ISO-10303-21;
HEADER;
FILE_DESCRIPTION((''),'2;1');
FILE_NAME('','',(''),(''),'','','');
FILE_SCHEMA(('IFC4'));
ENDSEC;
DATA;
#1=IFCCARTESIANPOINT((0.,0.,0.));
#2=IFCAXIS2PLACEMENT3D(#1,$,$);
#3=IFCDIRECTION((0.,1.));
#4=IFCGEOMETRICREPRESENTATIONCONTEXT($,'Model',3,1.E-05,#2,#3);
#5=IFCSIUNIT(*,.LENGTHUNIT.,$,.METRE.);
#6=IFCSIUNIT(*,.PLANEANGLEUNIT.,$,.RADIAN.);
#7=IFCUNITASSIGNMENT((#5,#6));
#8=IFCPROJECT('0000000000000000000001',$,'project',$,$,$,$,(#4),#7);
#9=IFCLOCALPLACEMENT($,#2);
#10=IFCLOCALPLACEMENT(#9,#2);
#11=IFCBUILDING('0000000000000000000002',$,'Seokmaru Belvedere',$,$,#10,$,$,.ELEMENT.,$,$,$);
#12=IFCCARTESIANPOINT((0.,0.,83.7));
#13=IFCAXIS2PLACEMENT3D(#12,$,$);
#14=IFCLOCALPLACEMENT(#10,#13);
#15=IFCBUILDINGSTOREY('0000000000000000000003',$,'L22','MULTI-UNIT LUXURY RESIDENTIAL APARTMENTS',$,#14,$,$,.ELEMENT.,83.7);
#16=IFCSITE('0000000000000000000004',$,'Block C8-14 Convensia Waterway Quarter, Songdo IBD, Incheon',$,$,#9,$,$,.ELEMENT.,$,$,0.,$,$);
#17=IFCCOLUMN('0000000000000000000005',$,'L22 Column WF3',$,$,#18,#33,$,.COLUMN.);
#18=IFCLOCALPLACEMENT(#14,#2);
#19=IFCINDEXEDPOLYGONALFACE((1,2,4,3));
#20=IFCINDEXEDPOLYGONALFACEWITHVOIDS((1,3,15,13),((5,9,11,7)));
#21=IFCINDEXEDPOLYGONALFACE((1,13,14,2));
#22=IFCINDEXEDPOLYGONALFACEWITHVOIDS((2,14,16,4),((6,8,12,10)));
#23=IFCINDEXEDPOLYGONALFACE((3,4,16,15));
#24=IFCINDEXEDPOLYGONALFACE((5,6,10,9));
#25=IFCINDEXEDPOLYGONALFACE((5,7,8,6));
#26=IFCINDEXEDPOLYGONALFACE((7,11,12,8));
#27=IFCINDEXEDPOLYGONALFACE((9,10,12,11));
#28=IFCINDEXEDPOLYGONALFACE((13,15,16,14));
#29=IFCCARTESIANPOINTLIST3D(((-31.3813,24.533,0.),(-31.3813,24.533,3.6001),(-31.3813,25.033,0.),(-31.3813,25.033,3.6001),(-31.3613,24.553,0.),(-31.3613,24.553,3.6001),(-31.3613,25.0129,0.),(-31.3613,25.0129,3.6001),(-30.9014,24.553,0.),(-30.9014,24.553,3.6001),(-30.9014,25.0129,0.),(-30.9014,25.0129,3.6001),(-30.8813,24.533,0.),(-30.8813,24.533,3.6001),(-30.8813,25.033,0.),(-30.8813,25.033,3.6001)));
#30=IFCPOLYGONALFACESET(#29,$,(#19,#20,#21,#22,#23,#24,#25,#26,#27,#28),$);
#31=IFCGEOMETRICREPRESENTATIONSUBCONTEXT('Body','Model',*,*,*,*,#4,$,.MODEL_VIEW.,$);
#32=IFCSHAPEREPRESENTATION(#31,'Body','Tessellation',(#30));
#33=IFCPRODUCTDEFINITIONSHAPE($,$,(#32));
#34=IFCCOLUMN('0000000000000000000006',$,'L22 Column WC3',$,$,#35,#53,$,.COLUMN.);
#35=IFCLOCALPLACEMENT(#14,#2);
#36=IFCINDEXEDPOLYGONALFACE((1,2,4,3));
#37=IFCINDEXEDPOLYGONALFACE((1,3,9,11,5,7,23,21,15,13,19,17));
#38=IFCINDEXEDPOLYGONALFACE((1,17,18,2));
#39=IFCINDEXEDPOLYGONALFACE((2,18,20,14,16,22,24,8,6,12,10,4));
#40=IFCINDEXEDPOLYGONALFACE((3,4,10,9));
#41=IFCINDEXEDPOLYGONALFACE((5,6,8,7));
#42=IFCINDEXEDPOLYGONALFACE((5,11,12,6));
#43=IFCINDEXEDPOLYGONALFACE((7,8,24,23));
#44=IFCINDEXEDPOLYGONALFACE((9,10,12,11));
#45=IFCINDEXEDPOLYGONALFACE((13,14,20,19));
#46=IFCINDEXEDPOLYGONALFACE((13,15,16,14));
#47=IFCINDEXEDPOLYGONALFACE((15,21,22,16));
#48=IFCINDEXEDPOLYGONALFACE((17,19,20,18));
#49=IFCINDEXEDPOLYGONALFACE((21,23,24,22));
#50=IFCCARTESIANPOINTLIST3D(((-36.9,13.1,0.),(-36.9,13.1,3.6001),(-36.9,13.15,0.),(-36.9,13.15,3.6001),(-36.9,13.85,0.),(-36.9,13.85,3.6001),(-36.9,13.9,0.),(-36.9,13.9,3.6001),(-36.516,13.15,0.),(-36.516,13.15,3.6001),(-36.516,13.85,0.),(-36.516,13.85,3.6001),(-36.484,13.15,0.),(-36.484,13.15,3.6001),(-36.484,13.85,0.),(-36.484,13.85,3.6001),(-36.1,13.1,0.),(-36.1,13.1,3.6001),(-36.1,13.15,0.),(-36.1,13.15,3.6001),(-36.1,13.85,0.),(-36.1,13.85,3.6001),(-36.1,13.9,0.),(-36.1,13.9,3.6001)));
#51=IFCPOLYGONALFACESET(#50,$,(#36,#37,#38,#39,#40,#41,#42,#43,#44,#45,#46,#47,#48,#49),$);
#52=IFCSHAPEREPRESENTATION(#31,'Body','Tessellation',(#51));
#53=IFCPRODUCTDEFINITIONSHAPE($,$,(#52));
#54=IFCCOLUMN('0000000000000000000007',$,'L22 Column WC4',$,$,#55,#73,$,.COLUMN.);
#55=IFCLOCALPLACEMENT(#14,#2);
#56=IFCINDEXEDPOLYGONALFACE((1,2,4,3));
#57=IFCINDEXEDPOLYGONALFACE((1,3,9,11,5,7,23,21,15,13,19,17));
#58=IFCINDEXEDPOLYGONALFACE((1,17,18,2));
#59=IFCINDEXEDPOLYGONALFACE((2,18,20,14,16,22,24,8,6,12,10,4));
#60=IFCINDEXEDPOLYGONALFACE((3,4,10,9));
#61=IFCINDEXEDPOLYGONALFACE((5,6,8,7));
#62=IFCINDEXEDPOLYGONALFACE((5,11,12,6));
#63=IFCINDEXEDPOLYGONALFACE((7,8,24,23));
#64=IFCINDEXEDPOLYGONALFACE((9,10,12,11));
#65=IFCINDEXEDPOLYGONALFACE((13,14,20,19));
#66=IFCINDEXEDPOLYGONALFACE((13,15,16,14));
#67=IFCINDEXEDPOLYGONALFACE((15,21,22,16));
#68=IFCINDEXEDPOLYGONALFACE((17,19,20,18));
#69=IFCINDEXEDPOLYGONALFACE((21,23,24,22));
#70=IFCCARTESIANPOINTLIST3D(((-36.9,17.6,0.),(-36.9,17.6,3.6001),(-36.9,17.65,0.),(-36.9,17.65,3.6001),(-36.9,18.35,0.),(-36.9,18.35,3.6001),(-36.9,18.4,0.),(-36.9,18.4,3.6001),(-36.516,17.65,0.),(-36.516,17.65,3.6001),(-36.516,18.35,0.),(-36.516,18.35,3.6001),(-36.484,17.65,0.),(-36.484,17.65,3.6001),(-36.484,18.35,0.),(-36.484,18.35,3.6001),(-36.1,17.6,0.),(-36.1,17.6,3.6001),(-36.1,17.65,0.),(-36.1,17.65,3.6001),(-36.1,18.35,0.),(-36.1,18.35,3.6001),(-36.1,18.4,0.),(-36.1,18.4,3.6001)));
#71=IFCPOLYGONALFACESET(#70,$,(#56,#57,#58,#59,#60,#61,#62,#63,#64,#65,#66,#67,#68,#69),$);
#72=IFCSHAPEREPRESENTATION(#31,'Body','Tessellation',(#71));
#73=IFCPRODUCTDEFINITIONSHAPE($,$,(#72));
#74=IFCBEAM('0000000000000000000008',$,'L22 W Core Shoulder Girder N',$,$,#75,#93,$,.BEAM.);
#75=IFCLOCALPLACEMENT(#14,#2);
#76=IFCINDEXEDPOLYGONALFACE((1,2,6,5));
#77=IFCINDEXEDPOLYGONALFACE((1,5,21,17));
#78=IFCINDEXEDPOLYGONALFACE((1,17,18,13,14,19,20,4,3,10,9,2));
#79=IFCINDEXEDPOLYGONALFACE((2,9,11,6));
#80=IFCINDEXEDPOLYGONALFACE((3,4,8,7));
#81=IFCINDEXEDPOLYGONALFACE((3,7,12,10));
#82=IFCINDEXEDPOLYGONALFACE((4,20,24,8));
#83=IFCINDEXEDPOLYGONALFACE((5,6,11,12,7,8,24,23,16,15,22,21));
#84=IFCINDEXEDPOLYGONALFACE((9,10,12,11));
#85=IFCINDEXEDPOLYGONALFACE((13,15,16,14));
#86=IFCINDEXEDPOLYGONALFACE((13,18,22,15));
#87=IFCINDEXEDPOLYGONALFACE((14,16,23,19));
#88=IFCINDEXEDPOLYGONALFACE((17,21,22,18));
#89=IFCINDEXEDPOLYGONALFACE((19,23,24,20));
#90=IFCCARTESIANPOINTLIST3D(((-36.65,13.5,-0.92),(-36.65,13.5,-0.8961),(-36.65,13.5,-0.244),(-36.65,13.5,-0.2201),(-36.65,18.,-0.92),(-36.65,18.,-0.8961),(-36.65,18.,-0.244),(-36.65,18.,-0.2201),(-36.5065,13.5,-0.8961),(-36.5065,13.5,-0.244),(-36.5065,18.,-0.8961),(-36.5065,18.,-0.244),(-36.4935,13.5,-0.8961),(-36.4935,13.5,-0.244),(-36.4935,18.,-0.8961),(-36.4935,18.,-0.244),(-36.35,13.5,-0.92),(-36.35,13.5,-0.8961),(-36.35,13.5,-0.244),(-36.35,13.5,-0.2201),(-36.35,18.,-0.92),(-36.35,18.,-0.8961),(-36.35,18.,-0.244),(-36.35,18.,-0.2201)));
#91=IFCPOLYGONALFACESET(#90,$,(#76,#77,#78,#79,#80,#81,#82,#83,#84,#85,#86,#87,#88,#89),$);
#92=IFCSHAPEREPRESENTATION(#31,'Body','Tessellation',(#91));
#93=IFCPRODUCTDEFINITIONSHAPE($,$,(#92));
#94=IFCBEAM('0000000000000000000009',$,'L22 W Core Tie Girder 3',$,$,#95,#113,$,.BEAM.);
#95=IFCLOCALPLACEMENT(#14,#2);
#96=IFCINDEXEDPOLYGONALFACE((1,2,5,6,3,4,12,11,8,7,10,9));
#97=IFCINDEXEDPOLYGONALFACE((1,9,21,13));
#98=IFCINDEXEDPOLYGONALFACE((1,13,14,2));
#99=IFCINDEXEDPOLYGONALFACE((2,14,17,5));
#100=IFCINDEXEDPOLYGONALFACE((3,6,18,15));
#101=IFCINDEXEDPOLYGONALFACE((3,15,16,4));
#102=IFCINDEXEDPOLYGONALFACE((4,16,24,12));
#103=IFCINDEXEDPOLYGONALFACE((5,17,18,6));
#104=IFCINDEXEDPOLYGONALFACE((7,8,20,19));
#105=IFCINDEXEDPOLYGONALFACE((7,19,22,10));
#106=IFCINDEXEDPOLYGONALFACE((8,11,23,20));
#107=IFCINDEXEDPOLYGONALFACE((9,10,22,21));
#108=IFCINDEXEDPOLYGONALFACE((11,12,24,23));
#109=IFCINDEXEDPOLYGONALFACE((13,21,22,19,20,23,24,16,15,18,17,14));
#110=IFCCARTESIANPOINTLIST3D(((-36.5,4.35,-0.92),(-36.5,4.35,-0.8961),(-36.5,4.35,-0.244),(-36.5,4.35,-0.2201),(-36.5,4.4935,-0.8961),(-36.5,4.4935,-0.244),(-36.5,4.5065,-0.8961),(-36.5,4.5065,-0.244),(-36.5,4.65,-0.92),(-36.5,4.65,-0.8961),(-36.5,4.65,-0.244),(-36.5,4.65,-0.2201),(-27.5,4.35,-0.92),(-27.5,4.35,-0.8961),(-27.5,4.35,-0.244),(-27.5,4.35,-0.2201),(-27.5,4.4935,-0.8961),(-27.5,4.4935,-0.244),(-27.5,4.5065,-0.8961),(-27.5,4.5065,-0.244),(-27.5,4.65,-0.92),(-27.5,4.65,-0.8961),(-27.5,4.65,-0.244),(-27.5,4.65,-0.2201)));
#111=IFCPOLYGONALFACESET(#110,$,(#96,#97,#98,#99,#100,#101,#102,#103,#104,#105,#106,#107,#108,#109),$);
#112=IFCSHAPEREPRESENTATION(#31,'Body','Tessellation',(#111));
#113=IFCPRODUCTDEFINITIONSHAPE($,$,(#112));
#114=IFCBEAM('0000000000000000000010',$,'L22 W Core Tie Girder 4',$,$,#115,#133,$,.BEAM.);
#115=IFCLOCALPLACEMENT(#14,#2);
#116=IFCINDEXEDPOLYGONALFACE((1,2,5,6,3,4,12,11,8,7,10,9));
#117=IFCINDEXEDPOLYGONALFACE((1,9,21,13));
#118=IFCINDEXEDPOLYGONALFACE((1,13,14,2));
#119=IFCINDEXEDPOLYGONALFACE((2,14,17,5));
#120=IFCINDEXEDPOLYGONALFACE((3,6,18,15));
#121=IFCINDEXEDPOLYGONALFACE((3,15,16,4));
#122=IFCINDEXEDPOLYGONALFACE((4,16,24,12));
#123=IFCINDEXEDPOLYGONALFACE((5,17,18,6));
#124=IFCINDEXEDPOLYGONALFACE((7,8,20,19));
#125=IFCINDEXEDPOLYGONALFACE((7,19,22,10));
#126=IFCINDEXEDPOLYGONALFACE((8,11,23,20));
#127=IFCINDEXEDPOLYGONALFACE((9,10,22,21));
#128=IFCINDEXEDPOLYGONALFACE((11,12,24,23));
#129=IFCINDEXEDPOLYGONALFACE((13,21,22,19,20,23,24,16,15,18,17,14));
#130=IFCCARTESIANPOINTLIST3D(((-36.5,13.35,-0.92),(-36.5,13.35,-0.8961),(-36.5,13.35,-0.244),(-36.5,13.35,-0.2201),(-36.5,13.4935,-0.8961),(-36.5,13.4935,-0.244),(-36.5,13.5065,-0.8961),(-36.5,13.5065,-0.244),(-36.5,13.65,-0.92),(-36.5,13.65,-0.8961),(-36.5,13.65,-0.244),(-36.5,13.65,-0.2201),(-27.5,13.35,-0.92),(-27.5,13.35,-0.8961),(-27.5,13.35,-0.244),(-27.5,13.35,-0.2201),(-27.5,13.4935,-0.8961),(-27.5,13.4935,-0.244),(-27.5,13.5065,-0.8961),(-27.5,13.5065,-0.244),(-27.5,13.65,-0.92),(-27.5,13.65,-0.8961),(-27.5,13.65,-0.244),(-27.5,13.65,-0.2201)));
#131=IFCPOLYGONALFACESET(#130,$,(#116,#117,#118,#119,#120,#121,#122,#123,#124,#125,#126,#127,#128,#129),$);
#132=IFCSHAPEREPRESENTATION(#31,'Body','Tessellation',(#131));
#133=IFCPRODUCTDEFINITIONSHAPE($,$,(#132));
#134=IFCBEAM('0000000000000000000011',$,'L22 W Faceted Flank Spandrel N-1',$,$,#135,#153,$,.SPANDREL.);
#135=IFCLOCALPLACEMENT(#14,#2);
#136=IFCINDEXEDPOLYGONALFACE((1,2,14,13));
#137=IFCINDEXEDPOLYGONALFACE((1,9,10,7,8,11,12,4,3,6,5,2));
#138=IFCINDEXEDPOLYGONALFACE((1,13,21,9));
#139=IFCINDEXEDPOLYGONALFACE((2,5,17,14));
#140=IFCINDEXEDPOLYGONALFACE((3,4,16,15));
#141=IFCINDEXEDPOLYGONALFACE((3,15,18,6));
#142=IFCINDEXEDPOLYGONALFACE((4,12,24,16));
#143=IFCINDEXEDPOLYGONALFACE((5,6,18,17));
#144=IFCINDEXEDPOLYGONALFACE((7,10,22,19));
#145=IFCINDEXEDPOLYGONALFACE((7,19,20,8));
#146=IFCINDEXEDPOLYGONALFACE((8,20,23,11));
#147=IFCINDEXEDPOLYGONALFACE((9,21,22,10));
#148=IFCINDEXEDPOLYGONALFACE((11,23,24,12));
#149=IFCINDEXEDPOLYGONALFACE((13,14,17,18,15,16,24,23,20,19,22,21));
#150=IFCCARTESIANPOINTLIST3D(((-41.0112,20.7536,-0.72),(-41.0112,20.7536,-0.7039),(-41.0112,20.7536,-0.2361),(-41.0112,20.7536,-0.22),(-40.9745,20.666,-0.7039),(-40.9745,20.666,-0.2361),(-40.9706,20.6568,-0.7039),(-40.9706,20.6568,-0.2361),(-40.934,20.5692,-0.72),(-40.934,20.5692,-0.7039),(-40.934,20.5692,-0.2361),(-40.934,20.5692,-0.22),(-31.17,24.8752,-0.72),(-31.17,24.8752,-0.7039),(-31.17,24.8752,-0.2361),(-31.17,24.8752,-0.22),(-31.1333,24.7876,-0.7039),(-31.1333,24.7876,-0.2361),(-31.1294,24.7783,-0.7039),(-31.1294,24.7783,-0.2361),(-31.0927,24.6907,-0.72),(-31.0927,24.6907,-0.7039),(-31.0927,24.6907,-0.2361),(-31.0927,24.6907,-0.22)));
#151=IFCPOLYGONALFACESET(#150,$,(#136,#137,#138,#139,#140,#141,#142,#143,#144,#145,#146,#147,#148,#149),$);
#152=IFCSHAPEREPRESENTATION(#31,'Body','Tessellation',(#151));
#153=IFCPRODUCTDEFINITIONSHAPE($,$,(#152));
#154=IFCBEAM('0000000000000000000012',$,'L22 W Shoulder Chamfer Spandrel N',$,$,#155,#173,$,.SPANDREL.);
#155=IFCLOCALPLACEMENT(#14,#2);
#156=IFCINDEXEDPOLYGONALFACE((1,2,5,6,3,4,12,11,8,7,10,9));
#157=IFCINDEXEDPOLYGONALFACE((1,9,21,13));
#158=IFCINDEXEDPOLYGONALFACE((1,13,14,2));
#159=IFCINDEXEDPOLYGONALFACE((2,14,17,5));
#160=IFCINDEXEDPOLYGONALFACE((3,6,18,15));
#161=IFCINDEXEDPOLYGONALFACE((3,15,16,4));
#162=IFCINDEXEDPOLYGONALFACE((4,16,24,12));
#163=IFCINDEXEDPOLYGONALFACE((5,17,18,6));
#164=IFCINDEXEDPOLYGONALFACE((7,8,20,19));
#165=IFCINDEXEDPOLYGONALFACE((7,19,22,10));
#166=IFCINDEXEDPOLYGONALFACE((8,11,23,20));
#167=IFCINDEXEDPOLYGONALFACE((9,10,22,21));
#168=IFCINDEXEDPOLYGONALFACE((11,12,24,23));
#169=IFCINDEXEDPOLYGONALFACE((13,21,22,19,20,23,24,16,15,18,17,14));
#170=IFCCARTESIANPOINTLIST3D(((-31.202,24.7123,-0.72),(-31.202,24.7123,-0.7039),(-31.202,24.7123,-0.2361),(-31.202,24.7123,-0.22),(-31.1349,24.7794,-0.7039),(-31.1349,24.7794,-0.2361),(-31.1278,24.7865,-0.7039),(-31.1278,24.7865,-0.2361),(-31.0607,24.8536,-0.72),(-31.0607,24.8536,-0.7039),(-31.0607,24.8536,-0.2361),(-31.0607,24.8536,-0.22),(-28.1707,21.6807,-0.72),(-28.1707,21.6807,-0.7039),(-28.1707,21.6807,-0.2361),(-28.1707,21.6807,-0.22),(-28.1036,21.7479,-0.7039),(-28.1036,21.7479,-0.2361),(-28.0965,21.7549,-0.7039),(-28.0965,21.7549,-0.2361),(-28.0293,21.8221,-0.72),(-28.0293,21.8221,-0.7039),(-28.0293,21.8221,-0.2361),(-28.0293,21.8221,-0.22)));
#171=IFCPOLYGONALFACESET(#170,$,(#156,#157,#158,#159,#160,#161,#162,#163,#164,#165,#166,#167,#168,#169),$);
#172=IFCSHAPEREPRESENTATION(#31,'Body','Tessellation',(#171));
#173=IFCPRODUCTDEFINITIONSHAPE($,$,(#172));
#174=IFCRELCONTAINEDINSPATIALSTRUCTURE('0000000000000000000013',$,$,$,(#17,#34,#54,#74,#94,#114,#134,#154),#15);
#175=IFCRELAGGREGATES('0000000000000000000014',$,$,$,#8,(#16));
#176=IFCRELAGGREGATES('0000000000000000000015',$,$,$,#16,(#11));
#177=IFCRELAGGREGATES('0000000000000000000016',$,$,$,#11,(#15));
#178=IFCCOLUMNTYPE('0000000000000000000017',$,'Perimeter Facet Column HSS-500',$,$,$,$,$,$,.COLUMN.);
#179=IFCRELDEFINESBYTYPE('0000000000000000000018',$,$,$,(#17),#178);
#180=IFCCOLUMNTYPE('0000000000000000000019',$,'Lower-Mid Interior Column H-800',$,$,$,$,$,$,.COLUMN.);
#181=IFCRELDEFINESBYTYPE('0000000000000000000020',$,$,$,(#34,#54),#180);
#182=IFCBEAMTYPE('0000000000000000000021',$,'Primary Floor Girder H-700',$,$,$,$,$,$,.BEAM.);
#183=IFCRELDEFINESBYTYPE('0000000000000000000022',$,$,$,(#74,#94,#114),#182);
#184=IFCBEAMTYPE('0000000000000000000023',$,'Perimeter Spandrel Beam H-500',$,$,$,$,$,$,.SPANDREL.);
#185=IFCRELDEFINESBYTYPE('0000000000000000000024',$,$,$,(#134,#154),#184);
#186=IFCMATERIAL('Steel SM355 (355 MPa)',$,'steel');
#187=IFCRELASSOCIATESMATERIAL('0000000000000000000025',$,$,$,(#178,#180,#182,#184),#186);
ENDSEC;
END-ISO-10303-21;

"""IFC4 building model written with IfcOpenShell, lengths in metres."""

from ifc_helpers import new_model, si_unit, direction, frame, origin, origin_2d, place, context, subcontext, project, spatial, hollow_rectangle, i_section, extrude, source, transform, mapped, material, material_profile, profile_set, type_object, type_shapes, element, save


model = new_model("IFC4")

# Units and contexts
model_context = context("Model", 3, precision=1e-05, world=origin(), true_north=direction((0.0, 1.0)))
body_context = subcontext(model_context, "Body", "Model", "MODEL_VIEW")
ifc_project = project(units=[si_unit("LENGTHUNIT", "METRE"), si_unit("PLANEANGLEUNIT", "RADIAN")], contexts=[model_context])

# Site, building, storey
site_placement = place(None, origin())
site = spatial("IfcSite", under=ifc_project, at=site_placement, Name="Block C8-14 Convensia Waterway Quarter, Songdo IBD, Incheon", CompositionType="ELEMENT", RefElevation=0.0)
building_placement = place(site_placement, origin())
building = spatial("IfcBuilding", under=site, at=building_placement, Name="Seokmaru Belvedere", CompositionType="ELEMENT")
storey_placement = place(building_placement, frame((0.0, 0.0, 83.7)))
storey = spatial("IfcBuildingStorey", under=building, at=storey_placement, Name="L22", Description="MULTI-UNIT LUXURY RESIDENTIAL APARTMENTS", CompositionType="ELEMENT", Elevation=83.7)

# Columns
ifc_material_1 = material(Name="Steel SM355 (355 MPa)", Category="steel")
ifc_material_profile_1 = material_profile(ifc_material_1, hollow_rectangle(XDim=0.5, YDim=0.5, WallThickness=0.02, at=origin_2d()), Name="HSS-500x500x20")
ifc_profile_set_1 = profile_set([ifc_material_profile_1], Name="Steel SM355 (355 MPa)")
column_type_1 = type_object("IfcColumnType", Name="Perimeter Facet Column HSS-500", PredefinedType="COLUMN", material=ifc_profile_set_1)
shared_shape_1 = source(origin(), body_context, "Body", "SweptSolid", [
    extrude(hollow_rectangle(XDim=0.5, YDim=0.5, WallThickness=0.02, at=origin_2d()), origin(), (0.0, 0.0, 1.0), 3.6001),
])
type_shapes(column_type_1, [shared_shape_1])
column_placement = place(storey_placement, frame((-31.1313, 24.783, 0.0), z_axis=(0.0, 0.0, 1.0), x_axis=(1.0, 0.0, 0.0)))
element("IfcColumn", 1, at=column_placement, inside=storey, type_object=column_type_1, Name="L22 Column WF3", PredefinedType="COLUMN", context=body_context, shape_type="MappedRepresentation", body=[
    mapped(shared_shape_1, transform((0.0, 0.0, 0.0), scale=1.0)),
])
ifc_material_profile_2 = material_profile(ifc_material_1, i_section(OverallWidth=0.8, OverallDepth=0.8, WebThickness=0.032, FlangeThickness=0.05, at=origin_2d()), Name="H-800x800x32x50")
ifc_profile_set_2 = profile_set([ifc_material_profile_2], Name="Steel SM355 (355 MPa)")
column_type_2 = type_object("IfcColumnType", Name="Lower-Mid Interior Column H-800", PredefinedType="COLUMN", material=ifc_profile_set_2)
shared_shape_2 = source(origin(), body_context, "Body", "SweptSolid", [
    extrude(i_section(OverallWidth=0.8, OverallDepth=0.8, WebThickness=0.032, FlangeThickness=0.05, at=origin_2d()), origin(), (0.0, 0.0, 1.0), 3.6001),
])
type_shapes(column_type_2, [shared_shape_2])
for number, where, z_axis, x_axis, name in (
    (2, (-36.5, 13.5, 0.0), (0.0, 0.0, 1.0), (1.0, 0.0, 0.0), "L22 Column WC3"),
    (3, (-36.5, 18.0, 0.0), (0.0, 0.0, 1.0), (1.0, 0.0, 0.0), "L22 Column WC4"),
):
    element("IfcColumn", number, at=place(storey_placement, frame(where, z_axis=z_axis, x_axis=x_axis)), inside=storey, type_object=column_type_2, Name=name, PredefinedType="COLUMN", context=body_context, shape_type="MappedRepresentation", body=[
        mapped(shared_shape_2, transform((0.0, 0.0, 0.0), scale=1.0)),
    ])

# Beams
ifc_material_profile_3 = material_profile(ifc_material_1, i_section(OverallWidth=0.3, OverallDepth=0.7, WebThickness=0.0129, FlangeThickness=0.0239, at=origin_2d()), Name="H-700x300x13x24")
ifc_profile_set_3 = profile_set([ifc_material_profile_3], Name="Steel SM355 (355 MPa)")
beam_type_1 = type_object("IfcBeamType", Name="Primary Floor Girder H-700", PredefinedType="BEAM", material=ifc_profile_set_3)
shared_shape_3 = source(origin(), body_context, "Body", "SweptSolid", [
    extrude(i_section(OverallWidth=0.3, OverallDepth=0.7, WebThickness=0.0129, FlangeThickness=0.0239, at=origin_2d()), origin(), (0.0, 0.0, 1.0), 4.5),
])
beam_1_placement = place(storey_placement, frame((-36.5, 13.5, -0.5701), z_axis=(0.0, 1.0, 0.0), x_axis=(-1.0, 0.0, 0.0)))
element("IfcBeam", 4, at=beam_1_placement, inside=storey, type_object=beam_type_1, Name="L22 W Core Shoulder Girder N", PredefinedType="BEAM", context=body_context, shape_type="MappedRepresentation", body=[
    mapped(shared_shape_3, transform((0.0, 0.0, 0.0), scale=1.0)),
])
shared_shape_4 = source(origin(), body_context, "Body", "SweptSolid", [
    extrude(i_section(OverallWidth=0.3, OverallDepth=0.7, WebThickness=0.0129, FlangeThickness=0.0239, at=origin_2d()), origin(), (0.0, 0.0, 1.0), 9.0),
])
type_shapes(beam_type_1, [shared_shape_3, shared_shape_4])
for number, where, z_axis, x_axis, name in (
    (5, (-36.5, 4.5, -0.5701), (1.0, 0.0, 0.0), (0.0, 1.0, 0.0), "L22 W Core Tie Girder 3"),
    (6, (-36.5, 13.5, -0.5701), (1.0, 0.0, 0.0), (0.0, 1.0, 0.0), "L22 W Core Tie Girder 4"),
):
    element("IfcBeam", number, at=place(storey_placement, frame(where, z_axis=z_axis, x_axis=x_axis)), inside=storey, type_object=beam_type_1, Name=name, PredefinedType="BEAM", context=body_context, shape_type="MappedRepresentation", body=[
        mapped(shared_shape_4, transform((0.0, 0.0, 0.0), scale=1.0)),
    ])
ifc_material_profile_4 = material_profile(ifc_material_1, i_section(OverallWidth=0.2, OverallDepth=0.5, WebThickness=0.01, FlangeThickness=0.0161, at=origin_2d()), Name="H-500x200x10x16")
ifc_profile_set_4 = profile_set([ifc_material_profile_4], Name="Steel SM355 (355 MPa)")
beam_type_2 = type_object("IfcBeamType", Name="Perimeter Spandrel Beam H-500", PredefinedType="SPANDREL", material=ifc_profile_set_4)
shared_shape_5 = source(origin(), body_context, "Body", "SweptSolid", [
    extrude(i_section(OverallWidth=0.2, OverallDepth=0.5, WebThickness=0.01, FlangeThickness=0.0161, at=origin_2d()), origin(), (0.0, 0.0, 1.0), 10.6694),
])
beam_2_placement = place(storey_placement, frame((-31.1313, 24.783, -0.47), z_axis=(-0.922375, -0.386295, 0.0), x_axis=(0.386295, -0.922375, 0.0)))
element("IfcBeam", 7, at=beam_2_placement, inside=storey, type_object=beam_type_2, Name="L22 W Faceted Flank Spandrel N-1", PredefinedType="SPANDREL", context=body_context, shape_type="MappedRepresentation", body=[
    mapped(shared_shape_5, transform((0.0, 0.0, 0.0), scale=1.0)),
])
shared_shape_6 = source(origin(), body_context, "Body", "SweptSolid", [
    extrude(i_section(OverallWidth=0.2, OverallDepth=0.5, WebThickness=0.01, FlangeThickness=0.0161, at=origin_2d()), origin(), (0.0, 0.0, 1.0), 4.2871),
])
type_shapes(beam_type_2, [shared_shape_5, shared_shape_6])
beam_3_placement = place(storey_placement, frame((-31.1313, 24.783, -0.47), z_axis=(0.707078, -0.707135, 0.0), x_axis=(0.707135, 0.707078, 0.0)))
element("IfcBeam", 8, at=beam_3_placement, inside=storey, type_object=beam_type_2, Name="L22 W Shoulder Chamfer Spandrel N", PredefinedType="SPANDREL", context=body_context, shape_type="MappedRepresentation", body=[
    mapped(shared_shape_6, transform((0.0, 0.0, 0.0), scale=1.0)),
])

save(model, "model.ifc")
